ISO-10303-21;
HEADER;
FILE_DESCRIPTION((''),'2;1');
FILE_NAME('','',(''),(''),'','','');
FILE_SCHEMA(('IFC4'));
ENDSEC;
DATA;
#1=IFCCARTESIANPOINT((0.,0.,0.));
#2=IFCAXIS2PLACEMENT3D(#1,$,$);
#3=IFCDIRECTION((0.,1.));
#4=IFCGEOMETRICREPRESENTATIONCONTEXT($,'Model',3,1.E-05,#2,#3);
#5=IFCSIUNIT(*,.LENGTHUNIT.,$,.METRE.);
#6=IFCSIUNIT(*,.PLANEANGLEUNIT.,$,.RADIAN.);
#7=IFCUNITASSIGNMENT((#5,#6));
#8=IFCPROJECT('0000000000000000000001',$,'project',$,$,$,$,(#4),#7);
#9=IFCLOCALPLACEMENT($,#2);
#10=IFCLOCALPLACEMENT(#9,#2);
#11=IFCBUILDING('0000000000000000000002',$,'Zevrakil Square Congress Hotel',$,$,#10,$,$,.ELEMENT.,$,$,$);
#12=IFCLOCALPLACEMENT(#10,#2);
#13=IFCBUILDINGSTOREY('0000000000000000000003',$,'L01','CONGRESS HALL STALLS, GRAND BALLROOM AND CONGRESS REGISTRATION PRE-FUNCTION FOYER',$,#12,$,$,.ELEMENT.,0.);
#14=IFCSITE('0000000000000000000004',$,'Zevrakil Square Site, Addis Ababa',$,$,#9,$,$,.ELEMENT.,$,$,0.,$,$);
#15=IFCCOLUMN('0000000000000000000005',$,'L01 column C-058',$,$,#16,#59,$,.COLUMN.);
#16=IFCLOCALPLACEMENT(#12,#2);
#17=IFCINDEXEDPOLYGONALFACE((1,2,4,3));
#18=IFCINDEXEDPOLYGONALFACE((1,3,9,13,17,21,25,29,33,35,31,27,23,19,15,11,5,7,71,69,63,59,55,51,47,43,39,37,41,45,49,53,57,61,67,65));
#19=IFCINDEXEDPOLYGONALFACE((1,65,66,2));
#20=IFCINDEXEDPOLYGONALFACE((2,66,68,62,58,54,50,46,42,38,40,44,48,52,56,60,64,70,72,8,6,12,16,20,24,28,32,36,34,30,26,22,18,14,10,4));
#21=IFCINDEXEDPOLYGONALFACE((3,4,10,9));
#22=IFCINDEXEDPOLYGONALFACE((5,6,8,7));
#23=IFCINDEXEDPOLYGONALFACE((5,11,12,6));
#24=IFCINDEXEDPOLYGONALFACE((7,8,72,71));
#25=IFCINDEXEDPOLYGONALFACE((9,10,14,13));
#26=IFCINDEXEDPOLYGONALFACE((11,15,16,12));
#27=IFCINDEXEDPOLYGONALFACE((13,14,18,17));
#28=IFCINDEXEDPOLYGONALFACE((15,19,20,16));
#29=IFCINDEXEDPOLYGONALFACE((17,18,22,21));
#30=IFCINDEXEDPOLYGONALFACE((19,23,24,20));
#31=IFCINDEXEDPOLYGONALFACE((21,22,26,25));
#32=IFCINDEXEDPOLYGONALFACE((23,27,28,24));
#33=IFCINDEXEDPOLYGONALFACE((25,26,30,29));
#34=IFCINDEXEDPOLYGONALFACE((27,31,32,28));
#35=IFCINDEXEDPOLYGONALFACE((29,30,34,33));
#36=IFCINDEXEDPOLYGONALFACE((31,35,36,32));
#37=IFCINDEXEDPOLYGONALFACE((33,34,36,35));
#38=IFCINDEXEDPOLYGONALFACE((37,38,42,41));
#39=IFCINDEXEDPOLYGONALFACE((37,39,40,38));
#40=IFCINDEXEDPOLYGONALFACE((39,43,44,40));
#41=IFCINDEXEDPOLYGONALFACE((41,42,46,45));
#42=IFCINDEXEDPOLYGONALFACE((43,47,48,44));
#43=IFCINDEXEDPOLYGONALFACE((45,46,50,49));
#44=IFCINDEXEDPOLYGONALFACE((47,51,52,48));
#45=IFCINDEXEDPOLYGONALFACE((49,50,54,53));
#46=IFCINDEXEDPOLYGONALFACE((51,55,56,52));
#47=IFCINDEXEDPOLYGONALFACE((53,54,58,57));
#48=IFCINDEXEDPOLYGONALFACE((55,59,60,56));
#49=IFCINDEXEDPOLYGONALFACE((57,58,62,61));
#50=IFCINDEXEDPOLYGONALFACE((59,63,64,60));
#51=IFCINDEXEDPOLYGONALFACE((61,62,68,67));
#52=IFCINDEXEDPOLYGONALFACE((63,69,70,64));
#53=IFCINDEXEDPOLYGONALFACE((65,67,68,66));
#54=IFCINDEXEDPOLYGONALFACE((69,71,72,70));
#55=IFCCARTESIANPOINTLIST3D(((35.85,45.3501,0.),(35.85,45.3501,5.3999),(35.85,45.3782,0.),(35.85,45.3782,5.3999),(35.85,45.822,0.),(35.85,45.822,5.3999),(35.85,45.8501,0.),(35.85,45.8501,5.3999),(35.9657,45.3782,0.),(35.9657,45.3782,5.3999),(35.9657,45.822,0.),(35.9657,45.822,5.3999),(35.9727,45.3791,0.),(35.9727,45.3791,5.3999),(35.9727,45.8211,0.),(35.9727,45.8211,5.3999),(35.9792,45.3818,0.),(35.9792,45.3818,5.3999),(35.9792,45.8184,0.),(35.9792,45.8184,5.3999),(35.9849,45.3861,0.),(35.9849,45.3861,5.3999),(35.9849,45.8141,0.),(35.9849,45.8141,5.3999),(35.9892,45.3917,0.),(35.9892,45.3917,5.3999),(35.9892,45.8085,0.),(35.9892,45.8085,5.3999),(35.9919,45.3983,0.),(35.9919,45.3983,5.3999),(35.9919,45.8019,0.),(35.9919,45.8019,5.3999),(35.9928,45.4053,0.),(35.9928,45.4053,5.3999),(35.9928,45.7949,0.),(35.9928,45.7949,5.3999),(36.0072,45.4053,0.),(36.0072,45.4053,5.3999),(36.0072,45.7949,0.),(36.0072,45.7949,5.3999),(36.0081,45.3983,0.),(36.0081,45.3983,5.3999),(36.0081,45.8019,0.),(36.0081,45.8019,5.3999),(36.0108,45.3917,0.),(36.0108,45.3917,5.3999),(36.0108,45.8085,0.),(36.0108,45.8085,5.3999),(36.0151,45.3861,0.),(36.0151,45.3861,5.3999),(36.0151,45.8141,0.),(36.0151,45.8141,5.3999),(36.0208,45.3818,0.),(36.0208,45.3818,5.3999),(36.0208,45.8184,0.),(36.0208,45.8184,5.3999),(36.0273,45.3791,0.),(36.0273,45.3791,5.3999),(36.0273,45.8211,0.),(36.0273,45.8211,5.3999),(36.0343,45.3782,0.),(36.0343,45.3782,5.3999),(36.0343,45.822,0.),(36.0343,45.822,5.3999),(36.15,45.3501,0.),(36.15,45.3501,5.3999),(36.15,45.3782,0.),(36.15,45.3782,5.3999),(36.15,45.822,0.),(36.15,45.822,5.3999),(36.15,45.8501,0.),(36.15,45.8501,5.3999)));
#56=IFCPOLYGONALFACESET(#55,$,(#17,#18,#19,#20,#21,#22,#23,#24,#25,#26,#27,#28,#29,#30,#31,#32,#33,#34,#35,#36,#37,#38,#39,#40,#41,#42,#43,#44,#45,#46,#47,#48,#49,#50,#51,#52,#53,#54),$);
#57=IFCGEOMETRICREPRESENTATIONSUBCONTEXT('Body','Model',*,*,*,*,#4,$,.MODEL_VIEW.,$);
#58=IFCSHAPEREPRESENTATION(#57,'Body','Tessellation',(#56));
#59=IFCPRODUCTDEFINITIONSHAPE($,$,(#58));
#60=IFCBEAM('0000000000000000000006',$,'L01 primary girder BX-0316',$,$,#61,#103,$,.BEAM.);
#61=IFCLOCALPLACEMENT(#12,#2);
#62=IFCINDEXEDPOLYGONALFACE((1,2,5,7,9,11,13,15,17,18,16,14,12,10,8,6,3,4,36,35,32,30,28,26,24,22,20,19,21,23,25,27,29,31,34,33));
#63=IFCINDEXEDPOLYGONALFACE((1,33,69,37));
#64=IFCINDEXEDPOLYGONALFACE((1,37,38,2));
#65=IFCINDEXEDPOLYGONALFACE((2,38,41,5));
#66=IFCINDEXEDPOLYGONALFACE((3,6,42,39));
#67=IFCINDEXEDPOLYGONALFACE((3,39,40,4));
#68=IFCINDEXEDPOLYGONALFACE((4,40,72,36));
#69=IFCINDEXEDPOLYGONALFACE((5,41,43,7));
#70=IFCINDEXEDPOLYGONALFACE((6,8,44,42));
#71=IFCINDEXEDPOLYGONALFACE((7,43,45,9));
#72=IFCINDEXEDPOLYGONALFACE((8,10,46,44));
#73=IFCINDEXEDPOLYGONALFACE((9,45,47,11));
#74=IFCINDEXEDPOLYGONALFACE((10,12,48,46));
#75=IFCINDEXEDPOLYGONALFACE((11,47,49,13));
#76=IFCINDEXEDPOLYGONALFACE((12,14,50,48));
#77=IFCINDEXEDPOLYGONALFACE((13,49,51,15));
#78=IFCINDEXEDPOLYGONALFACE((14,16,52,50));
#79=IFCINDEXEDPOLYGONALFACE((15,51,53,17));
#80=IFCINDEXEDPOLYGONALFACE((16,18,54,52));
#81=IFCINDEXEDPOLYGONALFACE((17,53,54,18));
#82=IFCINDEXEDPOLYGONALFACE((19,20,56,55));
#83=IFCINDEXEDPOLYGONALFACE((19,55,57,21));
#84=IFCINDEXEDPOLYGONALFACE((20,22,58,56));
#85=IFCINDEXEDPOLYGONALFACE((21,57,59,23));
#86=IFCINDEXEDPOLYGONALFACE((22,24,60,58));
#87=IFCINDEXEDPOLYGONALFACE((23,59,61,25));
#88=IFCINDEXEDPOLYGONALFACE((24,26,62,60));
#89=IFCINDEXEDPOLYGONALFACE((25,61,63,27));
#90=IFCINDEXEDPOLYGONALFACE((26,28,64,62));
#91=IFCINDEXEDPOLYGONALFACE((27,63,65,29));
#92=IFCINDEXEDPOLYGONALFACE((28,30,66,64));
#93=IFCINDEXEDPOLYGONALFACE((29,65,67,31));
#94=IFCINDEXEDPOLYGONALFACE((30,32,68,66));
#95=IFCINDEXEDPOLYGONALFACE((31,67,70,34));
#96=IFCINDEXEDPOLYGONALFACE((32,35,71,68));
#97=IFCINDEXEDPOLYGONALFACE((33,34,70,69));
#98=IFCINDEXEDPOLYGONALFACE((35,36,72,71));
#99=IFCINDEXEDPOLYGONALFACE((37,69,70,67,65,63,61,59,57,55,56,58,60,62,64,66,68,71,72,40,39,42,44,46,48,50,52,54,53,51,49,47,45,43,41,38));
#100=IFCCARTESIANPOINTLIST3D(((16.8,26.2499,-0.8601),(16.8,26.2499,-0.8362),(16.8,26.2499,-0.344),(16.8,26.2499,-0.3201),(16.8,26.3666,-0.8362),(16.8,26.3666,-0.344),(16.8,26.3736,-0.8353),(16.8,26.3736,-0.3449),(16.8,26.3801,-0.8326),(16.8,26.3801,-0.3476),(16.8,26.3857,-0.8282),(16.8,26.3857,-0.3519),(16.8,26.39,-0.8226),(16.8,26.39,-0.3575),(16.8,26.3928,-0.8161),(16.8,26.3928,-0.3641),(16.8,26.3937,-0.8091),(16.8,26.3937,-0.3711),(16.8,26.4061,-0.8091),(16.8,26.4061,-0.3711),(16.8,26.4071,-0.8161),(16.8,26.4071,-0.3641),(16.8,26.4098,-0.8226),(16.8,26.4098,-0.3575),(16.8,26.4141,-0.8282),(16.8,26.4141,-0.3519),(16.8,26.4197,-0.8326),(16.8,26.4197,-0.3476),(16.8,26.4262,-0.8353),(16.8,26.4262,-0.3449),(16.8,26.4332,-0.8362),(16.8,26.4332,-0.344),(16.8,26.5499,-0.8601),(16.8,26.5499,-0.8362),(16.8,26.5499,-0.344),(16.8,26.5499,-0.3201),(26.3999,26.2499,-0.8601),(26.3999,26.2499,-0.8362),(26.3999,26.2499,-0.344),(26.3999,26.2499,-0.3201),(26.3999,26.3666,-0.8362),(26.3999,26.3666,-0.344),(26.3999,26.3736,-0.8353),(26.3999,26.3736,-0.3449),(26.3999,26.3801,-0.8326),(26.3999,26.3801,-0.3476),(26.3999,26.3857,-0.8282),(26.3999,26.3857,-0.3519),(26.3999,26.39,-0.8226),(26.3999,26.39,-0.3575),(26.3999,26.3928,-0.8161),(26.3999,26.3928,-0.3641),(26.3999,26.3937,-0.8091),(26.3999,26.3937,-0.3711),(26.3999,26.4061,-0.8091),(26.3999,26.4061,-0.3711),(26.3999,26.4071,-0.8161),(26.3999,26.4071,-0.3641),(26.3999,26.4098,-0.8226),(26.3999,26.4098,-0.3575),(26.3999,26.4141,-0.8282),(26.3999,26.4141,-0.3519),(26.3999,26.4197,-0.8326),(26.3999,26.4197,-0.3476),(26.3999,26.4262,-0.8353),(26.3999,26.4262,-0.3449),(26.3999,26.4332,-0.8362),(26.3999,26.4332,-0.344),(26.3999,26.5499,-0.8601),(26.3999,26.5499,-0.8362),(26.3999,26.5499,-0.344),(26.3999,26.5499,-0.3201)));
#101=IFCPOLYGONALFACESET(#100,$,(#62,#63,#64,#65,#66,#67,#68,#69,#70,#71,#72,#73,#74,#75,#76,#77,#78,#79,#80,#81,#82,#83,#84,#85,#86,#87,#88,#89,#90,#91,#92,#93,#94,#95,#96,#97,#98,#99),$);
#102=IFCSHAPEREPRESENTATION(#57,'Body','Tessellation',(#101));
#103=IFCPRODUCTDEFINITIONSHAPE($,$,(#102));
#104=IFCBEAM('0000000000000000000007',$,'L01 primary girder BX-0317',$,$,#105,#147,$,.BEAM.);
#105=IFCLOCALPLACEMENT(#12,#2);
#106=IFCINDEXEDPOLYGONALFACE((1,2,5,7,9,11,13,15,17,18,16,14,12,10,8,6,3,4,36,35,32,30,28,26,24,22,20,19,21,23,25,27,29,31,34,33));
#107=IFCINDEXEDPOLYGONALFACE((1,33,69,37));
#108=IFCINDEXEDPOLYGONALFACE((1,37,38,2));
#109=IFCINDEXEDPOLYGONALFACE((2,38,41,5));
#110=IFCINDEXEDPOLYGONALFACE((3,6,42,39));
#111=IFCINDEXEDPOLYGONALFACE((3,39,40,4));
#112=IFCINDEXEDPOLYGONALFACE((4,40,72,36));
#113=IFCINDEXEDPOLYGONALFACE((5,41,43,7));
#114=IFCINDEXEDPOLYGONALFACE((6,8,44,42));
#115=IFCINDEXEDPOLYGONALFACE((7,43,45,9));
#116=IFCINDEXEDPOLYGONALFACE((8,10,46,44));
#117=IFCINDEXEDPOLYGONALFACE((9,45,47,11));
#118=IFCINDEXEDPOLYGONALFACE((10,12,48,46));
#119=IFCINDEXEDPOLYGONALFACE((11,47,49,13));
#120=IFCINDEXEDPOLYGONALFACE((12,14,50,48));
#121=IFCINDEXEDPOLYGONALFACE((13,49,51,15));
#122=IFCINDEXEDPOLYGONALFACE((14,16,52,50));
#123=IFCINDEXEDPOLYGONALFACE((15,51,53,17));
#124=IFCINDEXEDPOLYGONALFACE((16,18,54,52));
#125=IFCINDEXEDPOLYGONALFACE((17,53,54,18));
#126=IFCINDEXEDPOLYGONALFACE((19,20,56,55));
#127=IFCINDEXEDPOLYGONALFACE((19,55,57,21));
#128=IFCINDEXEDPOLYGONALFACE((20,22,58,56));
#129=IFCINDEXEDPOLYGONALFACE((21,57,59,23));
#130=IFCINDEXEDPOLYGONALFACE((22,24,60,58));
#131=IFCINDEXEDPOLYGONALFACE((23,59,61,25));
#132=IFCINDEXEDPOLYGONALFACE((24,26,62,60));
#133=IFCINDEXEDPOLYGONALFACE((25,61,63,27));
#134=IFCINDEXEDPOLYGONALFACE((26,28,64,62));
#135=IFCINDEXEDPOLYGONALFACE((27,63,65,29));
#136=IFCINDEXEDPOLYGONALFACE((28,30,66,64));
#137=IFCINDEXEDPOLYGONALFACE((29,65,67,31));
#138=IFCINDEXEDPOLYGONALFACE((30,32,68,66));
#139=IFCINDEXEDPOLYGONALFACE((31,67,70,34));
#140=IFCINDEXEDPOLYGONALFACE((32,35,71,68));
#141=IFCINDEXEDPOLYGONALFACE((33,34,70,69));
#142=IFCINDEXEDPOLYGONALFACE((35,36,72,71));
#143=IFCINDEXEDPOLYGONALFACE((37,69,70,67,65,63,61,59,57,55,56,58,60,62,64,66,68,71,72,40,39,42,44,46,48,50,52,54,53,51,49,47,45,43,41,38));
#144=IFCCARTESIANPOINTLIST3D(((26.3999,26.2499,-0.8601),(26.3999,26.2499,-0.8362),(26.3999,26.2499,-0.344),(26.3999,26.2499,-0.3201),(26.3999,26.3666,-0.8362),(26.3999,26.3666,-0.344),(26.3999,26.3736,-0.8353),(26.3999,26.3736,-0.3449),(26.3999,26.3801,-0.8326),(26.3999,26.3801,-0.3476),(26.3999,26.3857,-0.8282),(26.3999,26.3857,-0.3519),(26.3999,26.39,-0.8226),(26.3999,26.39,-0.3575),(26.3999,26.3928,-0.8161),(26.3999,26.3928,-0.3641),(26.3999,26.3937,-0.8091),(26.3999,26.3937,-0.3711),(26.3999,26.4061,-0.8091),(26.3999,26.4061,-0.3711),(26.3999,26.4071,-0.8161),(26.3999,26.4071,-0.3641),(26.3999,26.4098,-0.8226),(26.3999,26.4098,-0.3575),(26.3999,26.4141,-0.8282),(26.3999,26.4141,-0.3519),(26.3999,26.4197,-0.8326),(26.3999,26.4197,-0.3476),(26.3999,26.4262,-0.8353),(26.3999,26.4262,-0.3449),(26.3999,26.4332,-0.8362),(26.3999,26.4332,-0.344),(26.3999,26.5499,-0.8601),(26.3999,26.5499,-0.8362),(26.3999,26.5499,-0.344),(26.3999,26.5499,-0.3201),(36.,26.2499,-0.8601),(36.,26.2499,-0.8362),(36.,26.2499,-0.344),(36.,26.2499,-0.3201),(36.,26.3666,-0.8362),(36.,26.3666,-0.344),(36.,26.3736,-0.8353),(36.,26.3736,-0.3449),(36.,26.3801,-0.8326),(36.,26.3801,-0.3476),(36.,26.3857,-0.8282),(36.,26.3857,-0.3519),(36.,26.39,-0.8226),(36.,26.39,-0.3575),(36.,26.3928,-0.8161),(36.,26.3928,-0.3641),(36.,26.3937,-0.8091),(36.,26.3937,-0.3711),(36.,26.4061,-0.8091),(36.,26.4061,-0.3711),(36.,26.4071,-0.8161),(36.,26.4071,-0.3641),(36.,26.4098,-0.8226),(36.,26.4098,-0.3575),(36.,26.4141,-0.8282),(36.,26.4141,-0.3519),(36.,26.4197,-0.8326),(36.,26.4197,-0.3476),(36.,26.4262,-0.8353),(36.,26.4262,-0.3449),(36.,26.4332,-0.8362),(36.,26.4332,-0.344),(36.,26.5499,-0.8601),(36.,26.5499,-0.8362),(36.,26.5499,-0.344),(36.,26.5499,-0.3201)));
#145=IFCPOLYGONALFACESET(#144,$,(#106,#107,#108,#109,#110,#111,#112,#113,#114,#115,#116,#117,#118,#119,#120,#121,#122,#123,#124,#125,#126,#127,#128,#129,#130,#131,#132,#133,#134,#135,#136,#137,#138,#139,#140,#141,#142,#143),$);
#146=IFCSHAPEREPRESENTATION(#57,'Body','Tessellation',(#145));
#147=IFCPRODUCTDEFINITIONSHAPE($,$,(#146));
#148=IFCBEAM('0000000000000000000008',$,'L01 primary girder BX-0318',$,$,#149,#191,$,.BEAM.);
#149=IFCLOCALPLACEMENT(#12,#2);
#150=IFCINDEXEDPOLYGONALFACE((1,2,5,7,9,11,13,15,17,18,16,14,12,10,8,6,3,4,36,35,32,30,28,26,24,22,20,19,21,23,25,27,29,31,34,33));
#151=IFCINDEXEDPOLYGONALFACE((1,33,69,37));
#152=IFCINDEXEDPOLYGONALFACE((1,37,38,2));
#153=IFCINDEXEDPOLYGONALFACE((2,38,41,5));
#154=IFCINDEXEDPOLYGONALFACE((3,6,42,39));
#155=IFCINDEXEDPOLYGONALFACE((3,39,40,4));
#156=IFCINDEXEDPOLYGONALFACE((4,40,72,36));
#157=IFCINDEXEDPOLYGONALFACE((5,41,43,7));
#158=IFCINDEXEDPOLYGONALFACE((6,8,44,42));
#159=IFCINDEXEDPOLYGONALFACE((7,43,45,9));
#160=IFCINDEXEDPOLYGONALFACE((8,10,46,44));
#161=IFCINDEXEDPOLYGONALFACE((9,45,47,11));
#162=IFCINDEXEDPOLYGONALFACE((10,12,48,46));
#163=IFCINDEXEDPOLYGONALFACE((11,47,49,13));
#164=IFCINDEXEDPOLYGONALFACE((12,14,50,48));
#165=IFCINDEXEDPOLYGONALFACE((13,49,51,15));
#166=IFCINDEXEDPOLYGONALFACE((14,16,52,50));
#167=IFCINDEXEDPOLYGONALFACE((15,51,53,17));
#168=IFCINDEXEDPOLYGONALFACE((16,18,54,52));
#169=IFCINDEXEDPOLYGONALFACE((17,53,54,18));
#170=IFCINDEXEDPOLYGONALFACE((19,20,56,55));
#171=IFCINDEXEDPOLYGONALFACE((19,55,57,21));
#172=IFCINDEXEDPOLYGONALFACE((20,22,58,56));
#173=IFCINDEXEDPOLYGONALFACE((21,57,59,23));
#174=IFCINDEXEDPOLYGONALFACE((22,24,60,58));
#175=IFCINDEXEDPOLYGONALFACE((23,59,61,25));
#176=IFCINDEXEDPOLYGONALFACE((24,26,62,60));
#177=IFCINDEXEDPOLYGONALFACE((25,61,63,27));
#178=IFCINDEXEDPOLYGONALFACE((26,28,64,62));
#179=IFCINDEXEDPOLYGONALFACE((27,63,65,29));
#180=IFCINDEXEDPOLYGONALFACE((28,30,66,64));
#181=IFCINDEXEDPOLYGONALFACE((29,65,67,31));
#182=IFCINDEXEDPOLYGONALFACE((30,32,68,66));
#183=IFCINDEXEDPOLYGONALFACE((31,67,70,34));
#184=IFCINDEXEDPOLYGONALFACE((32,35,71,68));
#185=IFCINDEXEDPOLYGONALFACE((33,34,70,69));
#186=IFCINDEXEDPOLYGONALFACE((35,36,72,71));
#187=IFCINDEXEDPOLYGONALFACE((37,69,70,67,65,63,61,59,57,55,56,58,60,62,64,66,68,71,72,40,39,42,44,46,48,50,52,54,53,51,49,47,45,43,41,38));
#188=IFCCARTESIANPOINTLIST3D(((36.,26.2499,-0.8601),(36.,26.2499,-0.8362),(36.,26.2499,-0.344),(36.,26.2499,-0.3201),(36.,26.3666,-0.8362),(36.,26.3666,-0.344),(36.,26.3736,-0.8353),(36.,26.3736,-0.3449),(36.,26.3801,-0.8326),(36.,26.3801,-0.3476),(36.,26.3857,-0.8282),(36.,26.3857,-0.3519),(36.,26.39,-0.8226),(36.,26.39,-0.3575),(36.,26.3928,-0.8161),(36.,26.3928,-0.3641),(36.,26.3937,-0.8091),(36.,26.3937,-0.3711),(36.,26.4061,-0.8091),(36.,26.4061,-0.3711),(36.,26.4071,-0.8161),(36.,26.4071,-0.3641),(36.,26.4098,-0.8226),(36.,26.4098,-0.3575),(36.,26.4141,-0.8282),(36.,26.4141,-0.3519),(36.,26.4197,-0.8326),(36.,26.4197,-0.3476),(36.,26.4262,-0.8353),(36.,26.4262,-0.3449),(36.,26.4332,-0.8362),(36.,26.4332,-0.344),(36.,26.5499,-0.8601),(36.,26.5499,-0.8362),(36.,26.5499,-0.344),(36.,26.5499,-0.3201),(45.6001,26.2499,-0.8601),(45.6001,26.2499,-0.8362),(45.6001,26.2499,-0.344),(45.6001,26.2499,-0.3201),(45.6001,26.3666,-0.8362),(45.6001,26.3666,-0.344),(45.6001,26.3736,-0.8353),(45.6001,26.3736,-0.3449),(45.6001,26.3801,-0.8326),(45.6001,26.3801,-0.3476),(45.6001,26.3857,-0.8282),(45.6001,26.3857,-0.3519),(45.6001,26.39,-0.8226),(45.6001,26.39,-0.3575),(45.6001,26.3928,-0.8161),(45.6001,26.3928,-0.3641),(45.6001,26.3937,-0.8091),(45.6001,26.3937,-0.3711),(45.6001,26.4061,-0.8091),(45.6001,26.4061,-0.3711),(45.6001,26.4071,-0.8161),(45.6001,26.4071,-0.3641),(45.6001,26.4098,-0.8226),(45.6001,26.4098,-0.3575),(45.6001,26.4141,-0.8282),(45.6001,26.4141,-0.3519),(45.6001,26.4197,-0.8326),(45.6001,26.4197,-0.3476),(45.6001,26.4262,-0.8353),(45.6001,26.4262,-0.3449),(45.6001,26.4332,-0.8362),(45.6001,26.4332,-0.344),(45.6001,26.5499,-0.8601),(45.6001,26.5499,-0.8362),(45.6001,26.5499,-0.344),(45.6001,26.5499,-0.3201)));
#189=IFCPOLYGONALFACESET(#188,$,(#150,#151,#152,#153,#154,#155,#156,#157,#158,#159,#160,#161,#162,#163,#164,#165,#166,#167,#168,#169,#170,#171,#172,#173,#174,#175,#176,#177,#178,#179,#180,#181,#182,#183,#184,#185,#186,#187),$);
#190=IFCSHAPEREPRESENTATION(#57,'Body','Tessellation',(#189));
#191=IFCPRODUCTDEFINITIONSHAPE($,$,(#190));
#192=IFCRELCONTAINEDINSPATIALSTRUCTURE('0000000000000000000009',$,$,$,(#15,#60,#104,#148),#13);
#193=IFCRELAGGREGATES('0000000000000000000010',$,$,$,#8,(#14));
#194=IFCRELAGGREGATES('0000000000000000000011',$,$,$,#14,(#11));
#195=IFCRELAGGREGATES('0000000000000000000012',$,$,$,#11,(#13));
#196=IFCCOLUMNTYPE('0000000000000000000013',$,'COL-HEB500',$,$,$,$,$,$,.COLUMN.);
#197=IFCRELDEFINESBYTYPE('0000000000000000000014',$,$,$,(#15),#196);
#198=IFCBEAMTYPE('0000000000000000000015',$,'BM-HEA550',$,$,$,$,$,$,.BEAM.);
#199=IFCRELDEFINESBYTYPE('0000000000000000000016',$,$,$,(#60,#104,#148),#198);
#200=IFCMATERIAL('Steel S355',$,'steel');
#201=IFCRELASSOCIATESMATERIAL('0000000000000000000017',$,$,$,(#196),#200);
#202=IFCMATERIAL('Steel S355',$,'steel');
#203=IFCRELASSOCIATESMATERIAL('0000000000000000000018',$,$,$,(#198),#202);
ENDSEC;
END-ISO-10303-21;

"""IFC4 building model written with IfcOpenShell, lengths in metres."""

from ifc_helpers import new_model, si_unit, direction, frame, origin, origin_2d, place, context, subcontext, project, spatial, i_section, extrude, material, material_profile, profile_set, type_object, element, save


model = new_model("IFC4")

# Units and contexts
model_context = context("Model", 3, precision=1e-05, world=origin(), true_north=direction((0.0, 1.0)))
body_context = subcontext(model_context, "Body", "Model", "MODEL_VIEW")
ifc_project = project(units=[si_unit("LENGTHUNIT", "METRE"), si_unit("PLANEANGLEUNIT", "RADIAN")], contexts=[model_context])

# Site, building, storey
site_placement = place(None, origin())
site = spatial("IfcSite", under=ifc_project, at=site_placement, Name="Zevrakil Square Site, Addis Ababa", CompositionType="ELEMENT", RefElevation=0.0)
building_placement = place(site_placement, origin())
building = spatial("IfcBuilding", under=site, at=building_placement, Name="Zevrakil Square Congress Hotel", CompositionType="ELEMENT")
storey_placement = place(building_placement, origin())
storey = spatial("IfcBuildingStorey", under=building, at=storey_placement, Name="L01", Description="CONGRESS HALL STALLS, GRAND BALLROOM AND CONGRESS REGISTRATION PRE-FUNCTION FOYER", CompositionType="ELEMENT", Elevation=0.0)

# Column
ifc_material_1 = material(Name="Steel S355", Category="steel")
ifc_material_profile_1 = material_profile(ifc_material_1, i_section(OverallWidth=0.3, OverallDepth=0.5, WebThickness=0.0144, FlangeThickness=0.0281, FilletRadius=0.0271, at=origin_2d()), Name="HEB 500")
ifc_profile_set_1 = profile_set([ifc_material_profile_1], Name="Steel S355")
column_type = type_object("IfcColumnType", Name="COL-HEB500", PredefinedType="COLUMN", material=ifc_profile_set_1)
for number, where, z_axis, x_axis, name in (
    (1, (36.0, 45.6001, 0.0), (0.0, 0.0, 1.0), (1.0, 0.0, 0.0), "L01 column C-058"),
):
    element("IfcColumn", number, at=place(storey_placement, frame(where, z_axis=z_axis, x_axis=x_axis)), inside=storey, type_object=column_type, Name=name, PredefinedType="COLUMN", context=body_context, shape_type="SweptSolid", body=[
        extrude(i_section(OverallWidth=0.3, OverallDepth=0.5, WebThickness=0.0144, FlangeThickness=0.0281, FilletRadius=0.0271, at=origin_2d()), origin(), (0.0, 0.0, 1.0), 5.3999),
    ])

# Beams
ifc_material_2 = material(Name="Steel S355", Category="steel")
ifc_material_profile_2 = material_profile(ifc_material_2, i_section(OverallWidth=0.3, OverallDepth=0.54, WebThickness=0.0125, FlangeThickness=0.0239, FilletRadius=0.0271, at=origin_2d()), Name="HEA 550")
ifc_profile_set_2 = profile_set([ifc_material_profile_2], Name="Steel S355")
beam_type_1 = type_object("IfcBeamType", Name="BM-HEA550", PredefinedType="BEAM", material=ifc_profile_set_2)
beam_1_placement = place(storey_placement, frame((16.8, 26.3999, -0.5901), z_axis=(1.0, 0.0, 0.0), x_axis=(0.0, 1.0, 0.0)))
element("IfcBeam", 2, at=beam_1_placement, inside=storey, type_object=beam_type_1, Name="L01 primary girder BX-0316", PredefinedType="BEAM", context=body_context, shape_type="SweptSolid", body=[
    extrude(i_section(OverallWidth=0.3, OverallDepth=0.54, WebThickness=0.0125, FlangeThickness=0.0239, FilletRadius=0.0271, at=origin_2d()), origin(), (0.0, 0.0, 1.0), 9.5999),
])
for number, where, z_axis, x_axis, name in (
    (3, (26.3999, 26.3999, -0.5901), (1.0, 0.0, 0.0), (0.0, 1.0, 0.0), "L01 primary girder BX-0317"),
    (4, (36.0, 26.3999, -0.5901), (1.0, 0.0, 0.0), (0.0, 1.0, 0.0), "L01 primary girder BX-0318"),
):
    element("IfcBeam", number, at=place(storey_placement, frame(where, z_axis=z_axis, x_axis=x_axis)), inside=storey, type_object=beam_type_1, Name=name, PredefinedType="BEAM", context=body_context, shape_type="SweptSolid", body=[
        extrude(i_section(OverallWidth=0.3, OverallDepth=0.54, WebThickness=0.0125, FlangeThickness=0.0239, FilletRadius=0.0271, at=origin_2d()), origin(), (0.0, 0.0, 1.0), 9.6001),
    ])

save(model, "model.ifc")
